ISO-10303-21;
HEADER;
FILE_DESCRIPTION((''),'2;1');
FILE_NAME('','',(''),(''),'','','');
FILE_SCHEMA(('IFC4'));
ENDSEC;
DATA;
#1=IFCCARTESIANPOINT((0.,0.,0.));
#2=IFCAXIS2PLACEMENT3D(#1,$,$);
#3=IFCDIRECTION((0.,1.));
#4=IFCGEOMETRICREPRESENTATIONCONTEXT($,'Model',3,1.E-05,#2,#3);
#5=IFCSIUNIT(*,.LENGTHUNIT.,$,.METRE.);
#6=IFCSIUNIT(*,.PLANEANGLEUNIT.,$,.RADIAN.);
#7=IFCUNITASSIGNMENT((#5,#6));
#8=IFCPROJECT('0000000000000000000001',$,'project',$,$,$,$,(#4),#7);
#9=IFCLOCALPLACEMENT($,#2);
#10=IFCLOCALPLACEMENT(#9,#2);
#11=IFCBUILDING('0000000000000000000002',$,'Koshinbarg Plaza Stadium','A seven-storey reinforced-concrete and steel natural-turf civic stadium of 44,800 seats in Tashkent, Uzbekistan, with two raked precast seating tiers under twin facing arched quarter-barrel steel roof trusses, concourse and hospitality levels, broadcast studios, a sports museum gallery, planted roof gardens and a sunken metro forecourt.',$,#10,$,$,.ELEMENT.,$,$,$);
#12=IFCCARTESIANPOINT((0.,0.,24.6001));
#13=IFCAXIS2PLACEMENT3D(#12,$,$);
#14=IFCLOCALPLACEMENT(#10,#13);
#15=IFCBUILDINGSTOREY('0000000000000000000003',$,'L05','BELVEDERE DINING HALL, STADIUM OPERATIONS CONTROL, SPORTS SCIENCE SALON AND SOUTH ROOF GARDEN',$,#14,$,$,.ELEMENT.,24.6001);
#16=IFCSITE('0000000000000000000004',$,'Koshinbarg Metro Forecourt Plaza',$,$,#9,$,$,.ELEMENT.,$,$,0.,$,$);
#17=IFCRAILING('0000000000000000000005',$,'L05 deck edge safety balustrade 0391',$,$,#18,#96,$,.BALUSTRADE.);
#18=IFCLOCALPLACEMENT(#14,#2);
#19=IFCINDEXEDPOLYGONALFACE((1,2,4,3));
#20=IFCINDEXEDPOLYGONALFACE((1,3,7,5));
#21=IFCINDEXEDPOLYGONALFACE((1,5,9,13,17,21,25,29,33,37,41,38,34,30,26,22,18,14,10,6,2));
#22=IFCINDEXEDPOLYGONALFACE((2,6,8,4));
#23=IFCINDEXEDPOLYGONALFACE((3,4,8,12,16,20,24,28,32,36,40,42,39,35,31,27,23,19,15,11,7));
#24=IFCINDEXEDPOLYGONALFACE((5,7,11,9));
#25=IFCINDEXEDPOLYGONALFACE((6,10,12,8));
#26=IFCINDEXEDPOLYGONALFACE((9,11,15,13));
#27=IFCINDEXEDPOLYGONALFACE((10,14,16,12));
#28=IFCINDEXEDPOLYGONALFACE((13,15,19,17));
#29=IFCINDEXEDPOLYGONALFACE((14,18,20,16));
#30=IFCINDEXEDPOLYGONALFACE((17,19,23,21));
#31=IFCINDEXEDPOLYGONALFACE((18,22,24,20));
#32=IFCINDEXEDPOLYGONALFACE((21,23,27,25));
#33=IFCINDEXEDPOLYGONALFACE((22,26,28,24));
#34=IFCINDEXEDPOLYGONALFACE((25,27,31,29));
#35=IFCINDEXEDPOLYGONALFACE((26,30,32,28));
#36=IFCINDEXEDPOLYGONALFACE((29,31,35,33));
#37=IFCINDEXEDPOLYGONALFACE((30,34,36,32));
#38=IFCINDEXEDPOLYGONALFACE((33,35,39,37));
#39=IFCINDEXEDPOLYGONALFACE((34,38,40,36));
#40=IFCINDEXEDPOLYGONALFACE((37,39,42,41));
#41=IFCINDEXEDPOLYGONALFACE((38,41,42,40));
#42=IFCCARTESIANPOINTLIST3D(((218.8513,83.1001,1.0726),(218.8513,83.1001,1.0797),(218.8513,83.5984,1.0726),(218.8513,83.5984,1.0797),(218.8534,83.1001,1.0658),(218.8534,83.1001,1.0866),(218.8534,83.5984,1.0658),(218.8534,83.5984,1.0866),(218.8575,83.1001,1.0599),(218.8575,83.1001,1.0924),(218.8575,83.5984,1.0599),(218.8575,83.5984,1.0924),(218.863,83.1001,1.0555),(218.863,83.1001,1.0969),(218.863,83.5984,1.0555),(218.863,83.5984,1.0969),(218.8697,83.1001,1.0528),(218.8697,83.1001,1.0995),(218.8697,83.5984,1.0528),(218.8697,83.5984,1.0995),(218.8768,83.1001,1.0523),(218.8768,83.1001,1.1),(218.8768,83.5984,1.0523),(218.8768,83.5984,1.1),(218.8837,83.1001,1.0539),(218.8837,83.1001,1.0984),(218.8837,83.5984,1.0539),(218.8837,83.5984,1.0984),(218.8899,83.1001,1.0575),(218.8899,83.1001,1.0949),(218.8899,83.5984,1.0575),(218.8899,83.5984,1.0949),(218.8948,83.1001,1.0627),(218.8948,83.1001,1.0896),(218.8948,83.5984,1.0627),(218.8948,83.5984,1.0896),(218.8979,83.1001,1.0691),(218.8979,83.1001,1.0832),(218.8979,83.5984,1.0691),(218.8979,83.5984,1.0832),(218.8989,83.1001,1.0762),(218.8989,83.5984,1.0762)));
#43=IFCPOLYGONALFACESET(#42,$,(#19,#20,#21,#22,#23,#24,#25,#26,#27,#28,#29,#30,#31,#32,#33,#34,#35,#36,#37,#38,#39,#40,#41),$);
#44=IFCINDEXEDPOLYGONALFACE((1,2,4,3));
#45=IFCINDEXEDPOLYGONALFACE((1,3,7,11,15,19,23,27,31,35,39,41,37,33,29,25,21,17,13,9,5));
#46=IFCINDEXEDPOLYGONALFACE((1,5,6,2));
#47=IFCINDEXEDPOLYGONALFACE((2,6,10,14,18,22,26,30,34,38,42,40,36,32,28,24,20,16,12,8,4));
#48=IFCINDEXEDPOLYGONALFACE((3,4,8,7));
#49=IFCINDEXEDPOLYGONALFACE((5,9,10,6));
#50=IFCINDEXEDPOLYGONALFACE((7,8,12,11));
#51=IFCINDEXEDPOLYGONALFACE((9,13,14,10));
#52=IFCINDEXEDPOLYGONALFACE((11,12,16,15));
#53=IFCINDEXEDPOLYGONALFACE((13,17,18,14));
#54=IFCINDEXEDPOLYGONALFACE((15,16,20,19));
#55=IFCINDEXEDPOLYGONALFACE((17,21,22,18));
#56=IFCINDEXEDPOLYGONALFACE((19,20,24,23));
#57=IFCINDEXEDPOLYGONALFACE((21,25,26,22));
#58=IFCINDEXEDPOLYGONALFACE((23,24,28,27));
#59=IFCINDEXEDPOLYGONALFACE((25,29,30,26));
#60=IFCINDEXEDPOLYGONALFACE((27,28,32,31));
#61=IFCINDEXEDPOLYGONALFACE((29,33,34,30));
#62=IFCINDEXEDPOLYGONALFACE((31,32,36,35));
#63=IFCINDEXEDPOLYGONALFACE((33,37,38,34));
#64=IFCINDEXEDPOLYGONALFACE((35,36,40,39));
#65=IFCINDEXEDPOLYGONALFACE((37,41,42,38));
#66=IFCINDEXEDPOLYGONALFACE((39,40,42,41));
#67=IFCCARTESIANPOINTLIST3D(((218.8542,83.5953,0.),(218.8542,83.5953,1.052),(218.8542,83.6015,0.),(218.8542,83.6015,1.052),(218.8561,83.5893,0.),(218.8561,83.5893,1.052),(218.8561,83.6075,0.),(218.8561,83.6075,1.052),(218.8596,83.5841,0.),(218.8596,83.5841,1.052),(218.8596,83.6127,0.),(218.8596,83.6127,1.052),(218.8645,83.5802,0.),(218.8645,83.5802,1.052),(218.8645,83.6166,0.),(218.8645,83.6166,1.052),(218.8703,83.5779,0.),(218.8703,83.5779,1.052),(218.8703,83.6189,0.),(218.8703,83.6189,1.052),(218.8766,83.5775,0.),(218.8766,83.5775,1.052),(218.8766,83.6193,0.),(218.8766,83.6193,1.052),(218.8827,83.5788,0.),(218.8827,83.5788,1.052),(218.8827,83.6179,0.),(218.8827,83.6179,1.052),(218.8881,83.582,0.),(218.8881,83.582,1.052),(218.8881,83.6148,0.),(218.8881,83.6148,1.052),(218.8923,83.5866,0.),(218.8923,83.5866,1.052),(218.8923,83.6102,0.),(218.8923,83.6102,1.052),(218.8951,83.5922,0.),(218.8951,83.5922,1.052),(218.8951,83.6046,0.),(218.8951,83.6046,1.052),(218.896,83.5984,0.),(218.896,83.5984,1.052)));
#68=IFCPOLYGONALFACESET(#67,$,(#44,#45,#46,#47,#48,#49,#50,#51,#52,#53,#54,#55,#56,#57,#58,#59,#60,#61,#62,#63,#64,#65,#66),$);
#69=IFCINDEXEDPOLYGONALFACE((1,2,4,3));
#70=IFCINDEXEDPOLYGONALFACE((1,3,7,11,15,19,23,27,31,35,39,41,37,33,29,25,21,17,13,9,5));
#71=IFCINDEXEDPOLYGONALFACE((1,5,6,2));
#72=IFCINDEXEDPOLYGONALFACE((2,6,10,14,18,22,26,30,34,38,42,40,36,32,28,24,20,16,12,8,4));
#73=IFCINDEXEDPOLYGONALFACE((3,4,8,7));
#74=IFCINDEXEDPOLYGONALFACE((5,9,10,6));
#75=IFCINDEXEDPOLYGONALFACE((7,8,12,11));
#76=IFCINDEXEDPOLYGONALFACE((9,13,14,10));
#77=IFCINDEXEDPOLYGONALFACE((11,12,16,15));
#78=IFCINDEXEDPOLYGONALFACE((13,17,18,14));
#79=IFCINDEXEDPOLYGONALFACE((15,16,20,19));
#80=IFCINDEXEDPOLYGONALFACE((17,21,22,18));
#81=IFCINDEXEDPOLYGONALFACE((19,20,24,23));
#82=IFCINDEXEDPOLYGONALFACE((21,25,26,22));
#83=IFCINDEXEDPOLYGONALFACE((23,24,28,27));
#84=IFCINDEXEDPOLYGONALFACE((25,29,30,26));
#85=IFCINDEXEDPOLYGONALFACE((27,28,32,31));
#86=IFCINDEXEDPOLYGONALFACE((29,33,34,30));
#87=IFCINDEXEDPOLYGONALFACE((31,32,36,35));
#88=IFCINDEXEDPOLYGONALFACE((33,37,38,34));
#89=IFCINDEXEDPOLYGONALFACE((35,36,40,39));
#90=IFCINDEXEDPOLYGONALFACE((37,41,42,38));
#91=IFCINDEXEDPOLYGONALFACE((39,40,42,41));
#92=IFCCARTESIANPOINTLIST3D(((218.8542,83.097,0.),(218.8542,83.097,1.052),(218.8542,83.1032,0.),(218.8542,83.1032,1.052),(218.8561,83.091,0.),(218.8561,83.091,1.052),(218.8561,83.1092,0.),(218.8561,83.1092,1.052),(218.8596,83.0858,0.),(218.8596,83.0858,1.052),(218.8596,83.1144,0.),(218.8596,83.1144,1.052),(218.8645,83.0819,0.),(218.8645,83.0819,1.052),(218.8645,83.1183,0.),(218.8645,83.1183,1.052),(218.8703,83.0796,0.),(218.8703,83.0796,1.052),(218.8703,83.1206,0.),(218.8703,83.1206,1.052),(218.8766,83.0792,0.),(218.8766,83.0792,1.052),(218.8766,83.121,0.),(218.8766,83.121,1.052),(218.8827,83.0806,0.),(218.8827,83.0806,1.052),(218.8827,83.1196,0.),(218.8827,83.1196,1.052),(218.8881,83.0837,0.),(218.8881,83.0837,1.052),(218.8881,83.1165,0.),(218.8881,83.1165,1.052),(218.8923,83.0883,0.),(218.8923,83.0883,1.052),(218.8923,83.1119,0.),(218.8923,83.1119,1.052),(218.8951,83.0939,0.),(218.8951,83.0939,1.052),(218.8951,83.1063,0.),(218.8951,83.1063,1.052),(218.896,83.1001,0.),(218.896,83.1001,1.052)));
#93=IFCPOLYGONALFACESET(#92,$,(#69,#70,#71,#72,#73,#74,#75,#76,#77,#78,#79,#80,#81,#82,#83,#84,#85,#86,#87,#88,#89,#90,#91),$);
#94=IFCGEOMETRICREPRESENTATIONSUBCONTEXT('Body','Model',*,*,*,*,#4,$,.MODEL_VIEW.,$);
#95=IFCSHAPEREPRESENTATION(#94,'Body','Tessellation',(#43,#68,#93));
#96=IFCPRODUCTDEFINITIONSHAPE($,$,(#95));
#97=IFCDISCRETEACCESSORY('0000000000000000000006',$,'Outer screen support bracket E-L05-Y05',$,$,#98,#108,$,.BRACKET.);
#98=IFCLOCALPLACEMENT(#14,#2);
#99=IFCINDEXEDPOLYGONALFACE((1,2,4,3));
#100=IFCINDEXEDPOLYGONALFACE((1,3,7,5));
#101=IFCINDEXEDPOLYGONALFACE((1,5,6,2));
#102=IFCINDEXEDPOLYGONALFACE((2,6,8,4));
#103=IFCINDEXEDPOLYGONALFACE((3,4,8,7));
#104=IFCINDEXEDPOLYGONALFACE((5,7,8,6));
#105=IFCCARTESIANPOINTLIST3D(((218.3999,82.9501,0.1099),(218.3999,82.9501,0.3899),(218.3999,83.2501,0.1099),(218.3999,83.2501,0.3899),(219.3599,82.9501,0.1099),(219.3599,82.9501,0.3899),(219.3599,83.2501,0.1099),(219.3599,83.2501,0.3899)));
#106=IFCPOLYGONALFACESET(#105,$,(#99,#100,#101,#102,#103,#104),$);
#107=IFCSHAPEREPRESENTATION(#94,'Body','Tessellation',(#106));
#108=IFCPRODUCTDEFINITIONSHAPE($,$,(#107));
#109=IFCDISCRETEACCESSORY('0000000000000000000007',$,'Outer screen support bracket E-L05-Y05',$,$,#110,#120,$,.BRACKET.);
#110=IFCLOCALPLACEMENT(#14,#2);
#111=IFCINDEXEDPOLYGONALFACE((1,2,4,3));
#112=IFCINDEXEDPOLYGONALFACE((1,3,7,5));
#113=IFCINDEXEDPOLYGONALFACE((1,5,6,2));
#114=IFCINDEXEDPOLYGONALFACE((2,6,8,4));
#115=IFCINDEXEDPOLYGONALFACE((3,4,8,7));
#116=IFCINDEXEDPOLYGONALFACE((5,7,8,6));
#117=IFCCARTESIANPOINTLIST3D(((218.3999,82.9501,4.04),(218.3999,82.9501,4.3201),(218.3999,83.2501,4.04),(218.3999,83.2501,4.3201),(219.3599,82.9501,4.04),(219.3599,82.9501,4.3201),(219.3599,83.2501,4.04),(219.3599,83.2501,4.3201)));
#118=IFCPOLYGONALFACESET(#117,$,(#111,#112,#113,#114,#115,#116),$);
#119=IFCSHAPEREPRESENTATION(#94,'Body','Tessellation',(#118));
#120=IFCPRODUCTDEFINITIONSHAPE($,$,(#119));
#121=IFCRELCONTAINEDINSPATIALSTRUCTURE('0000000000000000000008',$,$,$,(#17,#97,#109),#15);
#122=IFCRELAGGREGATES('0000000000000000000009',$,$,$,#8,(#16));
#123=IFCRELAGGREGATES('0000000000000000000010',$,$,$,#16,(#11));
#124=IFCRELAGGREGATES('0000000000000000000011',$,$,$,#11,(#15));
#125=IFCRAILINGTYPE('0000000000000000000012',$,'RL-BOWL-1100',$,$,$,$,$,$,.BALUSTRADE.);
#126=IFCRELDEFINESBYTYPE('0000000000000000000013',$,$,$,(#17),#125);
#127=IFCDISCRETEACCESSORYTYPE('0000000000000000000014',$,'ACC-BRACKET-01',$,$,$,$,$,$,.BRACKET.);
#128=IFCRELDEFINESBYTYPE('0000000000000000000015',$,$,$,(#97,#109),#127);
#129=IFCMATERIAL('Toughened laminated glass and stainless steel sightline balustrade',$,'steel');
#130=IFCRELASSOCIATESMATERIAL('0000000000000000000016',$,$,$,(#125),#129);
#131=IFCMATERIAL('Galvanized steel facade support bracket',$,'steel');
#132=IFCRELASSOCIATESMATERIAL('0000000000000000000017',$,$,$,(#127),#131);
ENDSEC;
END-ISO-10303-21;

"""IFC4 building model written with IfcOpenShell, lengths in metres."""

from ifc_helpers import new_model, si_unit, direction, frame, origin, origin_2d, place, context, subcontext, project, spatial, rectangle, circle, extrude, material, type_object, element, save


model = new_model("IFC4")

# Units and contexts
model_context = context("Model", 3, precision=1e-05, world=origin(), true_north=direction((0.0, 1.0)))
body_context = subcontext(model_context, "Body", "Model", "MODEL_VIEW")
ifc_project = project(units=[si_unit("LENGTHUNIT", "METRE"), si_unit("PLANEANGLEUNIT", "RADIAN")], contexts=[model_context])

# Site, building, storey
site_placement = place(None, origin())
site = spatial("IfcSite", under=ifc_project, at=site_placement, Name="Koshinbarg Metro Forecourt Plaza", CompositionType="ELEMENT", RefElevation=0.0)
building_placement = place(site_placement, origin())
building = spatial("IfcBuilding", under=site, at=building_placement, Name="Koshinbarg Plaza Stadium", Description="A seven-storey reinforced-concrete and steel natural-turf civic stadium of 44,800 seats in Tashkent, Uzbekistan, with two raked precast seating tiers under twin facing arched quarter-barrel steel roof trusses, concourse and hospitality levels, broadcast studios, a sports museum gallery, planted roof gardens and a sunken metro forecourt.", CompositionType="ELEMENT")
storey_placement = place(building_placement, frame((0.0, 0.0, 24.6001)))
storey = spatial("IfcBuildingStorey", under=building, at=storey_placement, Name="L05", Description="BELVEDERE DINING HALL, STADIUM OPERATIONS CONTROL, SPORTS SCIENCE SALON AND SOUTH ROOF GARDEN", CompositionType="ELEMENT", Elevation=24.6001)

# Railing
ifc_material_1 = material(Name="Toughened laminated glass and stainless steel sightline balustrade", Category="steel")
railing_type = type_object("IfcRailingType", Name="RL-BOWL-1100", PredefinedType="BALUSTRADE", material=ifc_material_1)
railing_1_placement = place(storey_placement, frame((218.875, 83.5984, 0.0)))
element("IfcRailing", 1, at=railing_1_placement, inside=storey, type_object=railing_type, Name="L05 deck edge safety balustrade 0391", PredefinedType="BALUSTRADE", context=body_context, shape_type="SweptSolid", body=[
    extrude(circle(Radius=0.0239, at=origin_2d()), frame((0.0, 0.0, 1.0762), z_axis=(0.0, -1.0, 0.0), x_axis=(1.0, 0.0, 0.0)), (0.0, 0.0, 1.0), 0.4983),
    extrude(circle(Radius=0.021, at=origin_2d()), origin(), (0.0, 0.0, 1.0), 1.052),
    extrude(circle(Radius=0.021, at=origin_2d()), frame((0.0, -0.4983, 0.0)), (0.0, 0.0, 1.0), 1.052),
])

# Discrete accessories
ifc_material_2 = material(Name="Galvanized steel facade support bracket", Category="steel")
discrete_accessory_type = type_object("IfcDiscreteAccessoryType", Name="ACC-BRACKET-01", PredefinedType="BRACKET", material=ifc_material_2)
for number, where, z_axis, x_axis, name in (
    (2, (218.8799, 83.1001, 0.1099), (0.0, 0.0, 1.0), (1.0, 0.0, 0.0), "Outer screen support bracket E-L05-Y05"),
    (3, (218.8799, 83.1001, 4.04), (0.0, 0.0, 1.0), (1.0, 0.0, 0.0), "Outer screen support bracket E-L05-Y05"),
):
    element("IfcDiscreteAccessory", number, at=place(storey_placement, frame(where, z_axis=z_axis, x_axis=x_axis)), inside=storey, type_object=discrete_accessory_type, Name=name, PredefinedType="BRACKET", context=body_context, shape_type="SweptSolid", body=[
        extrude(rectangle(XDim=0.96, YDim=0.3, at=origin_2d()), origin(), (0.0, 0.0, 1.0), 0.28),
    ])

save(model, "model.ifc")
